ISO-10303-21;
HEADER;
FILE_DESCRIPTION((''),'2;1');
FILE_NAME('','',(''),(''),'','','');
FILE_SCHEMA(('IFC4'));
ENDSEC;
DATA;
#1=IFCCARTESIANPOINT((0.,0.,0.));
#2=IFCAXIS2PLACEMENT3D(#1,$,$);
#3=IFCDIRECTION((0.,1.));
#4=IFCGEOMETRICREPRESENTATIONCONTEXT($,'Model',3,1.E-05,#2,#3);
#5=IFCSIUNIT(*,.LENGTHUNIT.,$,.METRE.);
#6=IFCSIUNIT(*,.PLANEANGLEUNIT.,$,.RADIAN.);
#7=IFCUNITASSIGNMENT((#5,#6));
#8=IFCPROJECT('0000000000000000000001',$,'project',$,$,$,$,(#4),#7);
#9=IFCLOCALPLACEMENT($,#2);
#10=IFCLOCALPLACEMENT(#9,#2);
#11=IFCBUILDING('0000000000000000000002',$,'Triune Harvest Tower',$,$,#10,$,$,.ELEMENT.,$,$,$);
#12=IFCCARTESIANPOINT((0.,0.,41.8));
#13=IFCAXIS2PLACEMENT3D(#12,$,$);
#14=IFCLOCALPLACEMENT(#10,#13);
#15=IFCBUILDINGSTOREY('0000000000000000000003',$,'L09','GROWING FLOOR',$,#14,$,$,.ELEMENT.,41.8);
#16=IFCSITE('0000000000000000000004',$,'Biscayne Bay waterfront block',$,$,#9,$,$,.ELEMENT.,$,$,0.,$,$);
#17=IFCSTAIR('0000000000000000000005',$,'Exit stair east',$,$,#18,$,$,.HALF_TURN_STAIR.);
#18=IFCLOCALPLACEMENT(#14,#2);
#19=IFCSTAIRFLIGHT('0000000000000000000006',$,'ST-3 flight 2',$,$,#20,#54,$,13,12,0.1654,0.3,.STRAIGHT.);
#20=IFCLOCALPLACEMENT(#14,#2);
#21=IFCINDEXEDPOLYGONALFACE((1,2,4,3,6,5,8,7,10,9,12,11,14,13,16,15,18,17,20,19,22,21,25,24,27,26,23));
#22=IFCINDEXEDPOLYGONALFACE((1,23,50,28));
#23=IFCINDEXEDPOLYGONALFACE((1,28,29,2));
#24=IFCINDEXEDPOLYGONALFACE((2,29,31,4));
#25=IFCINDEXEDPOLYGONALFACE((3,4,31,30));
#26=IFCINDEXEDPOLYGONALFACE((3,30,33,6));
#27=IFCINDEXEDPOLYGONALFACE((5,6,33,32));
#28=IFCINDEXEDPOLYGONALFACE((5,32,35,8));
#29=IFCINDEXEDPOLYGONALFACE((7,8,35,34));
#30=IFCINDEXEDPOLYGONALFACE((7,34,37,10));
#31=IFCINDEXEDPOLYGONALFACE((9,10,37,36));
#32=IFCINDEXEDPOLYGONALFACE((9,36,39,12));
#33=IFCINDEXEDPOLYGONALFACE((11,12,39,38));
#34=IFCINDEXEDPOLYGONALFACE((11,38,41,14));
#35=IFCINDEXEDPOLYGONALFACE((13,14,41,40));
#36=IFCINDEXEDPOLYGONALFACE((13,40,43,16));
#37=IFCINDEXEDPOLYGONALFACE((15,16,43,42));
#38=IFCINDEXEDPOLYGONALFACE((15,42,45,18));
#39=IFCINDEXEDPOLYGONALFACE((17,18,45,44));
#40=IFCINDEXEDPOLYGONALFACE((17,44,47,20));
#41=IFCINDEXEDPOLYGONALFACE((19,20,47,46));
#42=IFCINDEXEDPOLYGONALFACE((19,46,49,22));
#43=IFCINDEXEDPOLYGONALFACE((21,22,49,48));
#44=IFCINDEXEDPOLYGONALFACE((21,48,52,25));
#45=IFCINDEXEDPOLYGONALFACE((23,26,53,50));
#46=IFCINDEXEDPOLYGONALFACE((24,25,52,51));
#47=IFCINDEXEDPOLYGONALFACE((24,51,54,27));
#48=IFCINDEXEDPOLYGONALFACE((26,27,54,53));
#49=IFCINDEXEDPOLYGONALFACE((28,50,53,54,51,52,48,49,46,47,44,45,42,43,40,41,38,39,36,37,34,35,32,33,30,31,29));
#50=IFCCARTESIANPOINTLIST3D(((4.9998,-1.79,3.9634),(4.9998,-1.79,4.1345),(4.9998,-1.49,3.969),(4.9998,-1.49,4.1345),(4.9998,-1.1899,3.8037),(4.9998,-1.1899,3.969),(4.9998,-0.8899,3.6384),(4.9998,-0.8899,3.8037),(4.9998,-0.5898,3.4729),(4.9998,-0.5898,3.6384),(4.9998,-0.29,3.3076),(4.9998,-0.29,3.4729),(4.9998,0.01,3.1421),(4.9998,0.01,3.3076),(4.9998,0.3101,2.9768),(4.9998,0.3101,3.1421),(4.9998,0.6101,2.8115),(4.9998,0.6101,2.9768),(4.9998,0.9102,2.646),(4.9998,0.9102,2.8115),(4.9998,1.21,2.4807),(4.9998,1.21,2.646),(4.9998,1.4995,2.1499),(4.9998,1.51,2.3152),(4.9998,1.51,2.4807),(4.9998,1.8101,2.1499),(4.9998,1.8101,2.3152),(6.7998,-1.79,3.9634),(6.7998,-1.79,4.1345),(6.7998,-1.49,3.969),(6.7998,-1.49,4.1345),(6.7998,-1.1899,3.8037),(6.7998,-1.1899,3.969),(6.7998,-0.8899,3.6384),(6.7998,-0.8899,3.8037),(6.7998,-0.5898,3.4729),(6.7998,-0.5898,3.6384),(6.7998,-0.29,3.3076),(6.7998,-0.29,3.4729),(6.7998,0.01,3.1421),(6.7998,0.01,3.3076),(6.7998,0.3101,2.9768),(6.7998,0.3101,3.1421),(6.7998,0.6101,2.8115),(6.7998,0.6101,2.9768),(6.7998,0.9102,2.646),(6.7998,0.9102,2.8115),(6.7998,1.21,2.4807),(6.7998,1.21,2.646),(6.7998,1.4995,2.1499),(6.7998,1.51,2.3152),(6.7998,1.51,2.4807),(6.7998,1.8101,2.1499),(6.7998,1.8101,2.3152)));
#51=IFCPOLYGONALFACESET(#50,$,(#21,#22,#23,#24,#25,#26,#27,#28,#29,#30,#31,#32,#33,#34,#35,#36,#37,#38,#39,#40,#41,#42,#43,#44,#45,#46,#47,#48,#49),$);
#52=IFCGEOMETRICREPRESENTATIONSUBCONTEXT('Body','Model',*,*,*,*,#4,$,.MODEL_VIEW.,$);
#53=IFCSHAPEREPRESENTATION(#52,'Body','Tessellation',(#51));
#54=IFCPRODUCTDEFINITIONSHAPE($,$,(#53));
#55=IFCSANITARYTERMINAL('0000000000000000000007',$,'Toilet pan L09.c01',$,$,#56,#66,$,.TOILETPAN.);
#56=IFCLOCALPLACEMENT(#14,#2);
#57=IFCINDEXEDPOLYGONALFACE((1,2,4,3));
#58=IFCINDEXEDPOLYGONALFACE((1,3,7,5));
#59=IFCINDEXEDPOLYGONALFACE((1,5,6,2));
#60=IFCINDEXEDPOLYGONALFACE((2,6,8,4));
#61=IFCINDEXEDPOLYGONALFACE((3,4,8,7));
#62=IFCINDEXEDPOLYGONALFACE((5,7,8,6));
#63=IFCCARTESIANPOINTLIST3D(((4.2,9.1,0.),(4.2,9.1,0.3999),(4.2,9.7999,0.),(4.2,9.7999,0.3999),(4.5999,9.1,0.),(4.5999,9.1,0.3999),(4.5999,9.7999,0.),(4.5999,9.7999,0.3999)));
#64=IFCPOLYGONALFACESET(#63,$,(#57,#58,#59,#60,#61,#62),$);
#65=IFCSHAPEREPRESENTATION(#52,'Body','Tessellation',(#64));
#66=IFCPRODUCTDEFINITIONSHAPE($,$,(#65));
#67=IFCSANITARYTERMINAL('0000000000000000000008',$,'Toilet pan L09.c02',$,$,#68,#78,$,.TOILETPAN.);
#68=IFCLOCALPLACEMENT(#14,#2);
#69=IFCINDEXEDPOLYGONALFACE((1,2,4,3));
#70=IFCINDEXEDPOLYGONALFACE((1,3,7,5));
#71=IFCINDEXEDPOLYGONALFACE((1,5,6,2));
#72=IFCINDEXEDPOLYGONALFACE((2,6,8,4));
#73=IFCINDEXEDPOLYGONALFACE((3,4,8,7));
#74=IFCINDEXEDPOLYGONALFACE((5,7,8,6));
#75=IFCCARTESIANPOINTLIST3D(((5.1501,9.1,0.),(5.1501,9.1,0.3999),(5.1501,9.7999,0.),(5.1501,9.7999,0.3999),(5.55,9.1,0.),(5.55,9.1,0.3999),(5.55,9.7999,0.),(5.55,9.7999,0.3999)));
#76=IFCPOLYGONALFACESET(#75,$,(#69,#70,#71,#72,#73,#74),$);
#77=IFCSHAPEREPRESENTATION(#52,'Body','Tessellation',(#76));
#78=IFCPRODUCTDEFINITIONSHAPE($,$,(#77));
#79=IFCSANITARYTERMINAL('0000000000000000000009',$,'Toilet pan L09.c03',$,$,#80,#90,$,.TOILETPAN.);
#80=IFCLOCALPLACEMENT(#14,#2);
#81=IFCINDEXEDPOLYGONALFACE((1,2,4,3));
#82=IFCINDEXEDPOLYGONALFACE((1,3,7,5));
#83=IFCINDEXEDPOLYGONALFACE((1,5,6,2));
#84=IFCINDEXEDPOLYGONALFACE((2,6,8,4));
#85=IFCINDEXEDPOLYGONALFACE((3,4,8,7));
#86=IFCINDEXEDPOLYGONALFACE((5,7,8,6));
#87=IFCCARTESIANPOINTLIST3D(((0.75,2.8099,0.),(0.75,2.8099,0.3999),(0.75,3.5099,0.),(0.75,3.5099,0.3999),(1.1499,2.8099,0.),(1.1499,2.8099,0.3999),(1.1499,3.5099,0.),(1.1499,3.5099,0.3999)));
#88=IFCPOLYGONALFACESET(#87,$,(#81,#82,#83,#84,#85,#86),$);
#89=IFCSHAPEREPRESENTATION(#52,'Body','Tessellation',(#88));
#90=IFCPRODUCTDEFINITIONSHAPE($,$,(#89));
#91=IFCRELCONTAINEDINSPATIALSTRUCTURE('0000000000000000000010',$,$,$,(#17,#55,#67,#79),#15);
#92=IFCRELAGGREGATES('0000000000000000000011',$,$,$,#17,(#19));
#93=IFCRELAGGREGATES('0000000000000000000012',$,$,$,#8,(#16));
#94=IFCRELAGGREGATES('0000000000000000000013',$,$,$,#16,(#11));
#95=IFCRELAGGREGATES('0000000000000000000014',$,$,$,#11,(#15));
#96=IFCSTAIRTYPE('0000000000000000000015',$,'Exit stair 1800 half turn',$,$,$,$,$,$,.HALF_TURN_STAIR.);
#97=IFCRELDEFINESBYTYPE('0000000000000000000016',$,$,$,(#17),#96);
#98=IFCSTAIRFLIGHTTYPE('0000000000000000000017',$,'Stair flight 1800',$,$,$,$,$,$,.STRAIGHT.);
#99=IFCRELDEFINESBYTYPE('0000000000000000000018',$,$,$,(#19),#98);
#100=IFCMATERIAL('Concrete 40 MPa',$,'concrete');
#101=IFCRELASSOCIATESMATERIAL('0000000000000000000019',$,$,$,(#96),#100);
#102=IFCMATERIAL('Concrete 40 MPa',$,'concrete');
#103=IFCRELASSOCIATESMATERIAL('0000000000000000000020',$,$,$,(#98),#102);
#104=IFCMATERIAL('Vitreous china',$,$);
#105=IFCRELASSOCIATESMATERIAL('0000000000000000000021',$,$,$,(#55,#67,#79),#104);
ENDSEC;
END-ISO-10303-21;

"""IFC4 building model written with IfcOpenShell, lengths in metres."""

from ifc_helpers import new_model, si_unit, direction, frame, origin, origin_2d, place, context, subcontext, project, spatial, polyline, rectangle, outline, extrude, source, transform, mapped, material, type_object, element, aggregate, save


model = new_model("IFC4")

# Units and contexts
model_context = context("Model", 3, precision=1e-05, world=origin(), true_north=direction((0.0, 1.0)))
body_context = subcontext(model_context, "Body", "Model", "MODEL_VIEW")
ifc_project = project(units=[si_unit("LENGTHUNIT", "METRE"), si_unit("PLANEANGLEUNIT", "RADIAN")], contexts=[model_context])

# Site, building, storey
site_placement = place(None, origin())
site = spatial("IfcSite", under=ifc_project, at=site_placement, Name="Biscayne Bay waterfront block", CompositionType="ELEMENT", RefElevation=0.0)
building_placement = place(site_placement, origin())
building = spatial("IfcBuilding", under=site, at=building_placement, Name="Triune Harvest Tower", CompositionType="ELEMENT")
storey_placement = place(building_placement, frame((0.0, 0.0, 41.8)))
storey = spatial("IfcBuildingStorey", under=building, at=storey_placement, Name="L09", Description="GROWING FLOOR", CompositionType="ELEMENT", Elevation=41.8)

# Stair, stair flight
ifc_material_1 = material(Name="Concrete 40 MPa", Category="concrete")
stair_type = type_object("IfcStairType", Name="Exit stair 1800 half turn", PredefinedType="HALF_TURN_STAIR", material=ifc_material_1)
ifc_material_2 = material(Name="Concrete 40 MPa", Category="concrete")
stair_flight_type = type_object("IfcStairFlightType", Name="Stair flight 1800", PredefinedType="STRAIGHT", material=ifc_material_2)
shared_shape_1 = source(origin(), body_context, "Body", "SweptSolid", [
    extrude(outline(polyline([(0.0, 0.0), (0.0, 0.1653), (0.3, 0.1653), (0.3, 0.3308), (0.6001, 0.3308), (0.6001, 0.4961), (0.8999, 0.4961), (0.8999, 0.6616), (1.2, 0.6616), (1.2, 0.8269), (1.5, 0.8269), (1.5, 0.9922), (1.8, 0.9922), (1.8, 1.1577), (2.1001, 1.1577), (2.1001, 1.323), (2.3999, 1.323), (2.3999, 1.4885), (2.7, 1.4885), (2.7, 1.6538), (3.0, 1.6538), (3.0, 1.8191), (3.3, 1.8191), (3.3, 1.9846), (3.6001, 1.9846), (3.6001, 2.1499), (3.6001, 1.8135), (0.3105, 0.0), (0.0, 0.0)])), frame((0.0, 0.8999, 0.0), z_axis=(0.0, -1.0, 0.0), x_axis=(1.0, 0.0, 0.0)), (0.0, 0.0, 1.0), 1.8),
])
stair_1_placement = place(storey_placement, origin())
stair_1 = element("IfcStair", 1, at=stair_1_placement, inside=storey, type_object=stair_type, Name="Exit stair east", PredefinedType="HALF_TURN_STAIR")
stair_flight_1_placement = place(storey_placement, frame((5.8999, 1.8101, 2.1499), z_axis=(0.0, 0.0, 1.0), x_axis=(0.0, -1.0, 0.0)))
stair_flight_1 = element("IfcStairFlight", 2, at=stair_flight_1_placement, type_object=stair_flight_type, Name="ST-3 flight 2", NumberOfRisers=13, NumberOfTreads=12, PredefinedType="STRAIGHT", RiserHeight=0.1654, TreadLength=0.3, context=body_context, shape_type="MappedRepresentation", body=[
    mapped(shared_shape_1, transform((0.0, 0.0, 0.0), scale=1.0)),
])
aggregate(stair_1, [stair_flight_1])

# Sanitary terminals
ifc_material_3 = material(Name="Vitreous china")
shared_shape_2 = source(origin(), body_context, "Body", "SweptSolid", [
    extrude(rectangle(XDim=0.3999, YDim=0.7, at=origin_2d()), origin(), (0.0, 0.0, 1.0), 0.3999),
])
for number, where, z_axis, x_axis, name in (
    (3, (4.3999, 9.45, 0.0), (0.0, 0.0, 1.0), (1.0, 0.0, 0.0), "Toilet pan L09.c01"),
    (4, (5.3501, 9.45, 0.0), (0.0, 0.0, 1.0), (1.0, 0.0, 0.0), "Toilet pan L09.c02"),
    (5, (0.95, 3.1599, 0.0), (0.0, 0.0, 1.0), (-1.0, 0.0, 0.0), "Toilet pan L09.c03"),
):
    element("IfcSanitaryTerminal", number, at=place(storey_placement, frame(where, z_axis=z_axis, x_axis=x_axis)), inside=storey, material=ifc_material_3, Name=name, PredefinedType="TOILETPAN", context=body_context, shape_type="MappedRepresentation", body=[
        mapped(shared_shape_2, transform((0.0, 0.0, 0.0), scale=1.0)),
    ])

save(model, "model.ifc")
